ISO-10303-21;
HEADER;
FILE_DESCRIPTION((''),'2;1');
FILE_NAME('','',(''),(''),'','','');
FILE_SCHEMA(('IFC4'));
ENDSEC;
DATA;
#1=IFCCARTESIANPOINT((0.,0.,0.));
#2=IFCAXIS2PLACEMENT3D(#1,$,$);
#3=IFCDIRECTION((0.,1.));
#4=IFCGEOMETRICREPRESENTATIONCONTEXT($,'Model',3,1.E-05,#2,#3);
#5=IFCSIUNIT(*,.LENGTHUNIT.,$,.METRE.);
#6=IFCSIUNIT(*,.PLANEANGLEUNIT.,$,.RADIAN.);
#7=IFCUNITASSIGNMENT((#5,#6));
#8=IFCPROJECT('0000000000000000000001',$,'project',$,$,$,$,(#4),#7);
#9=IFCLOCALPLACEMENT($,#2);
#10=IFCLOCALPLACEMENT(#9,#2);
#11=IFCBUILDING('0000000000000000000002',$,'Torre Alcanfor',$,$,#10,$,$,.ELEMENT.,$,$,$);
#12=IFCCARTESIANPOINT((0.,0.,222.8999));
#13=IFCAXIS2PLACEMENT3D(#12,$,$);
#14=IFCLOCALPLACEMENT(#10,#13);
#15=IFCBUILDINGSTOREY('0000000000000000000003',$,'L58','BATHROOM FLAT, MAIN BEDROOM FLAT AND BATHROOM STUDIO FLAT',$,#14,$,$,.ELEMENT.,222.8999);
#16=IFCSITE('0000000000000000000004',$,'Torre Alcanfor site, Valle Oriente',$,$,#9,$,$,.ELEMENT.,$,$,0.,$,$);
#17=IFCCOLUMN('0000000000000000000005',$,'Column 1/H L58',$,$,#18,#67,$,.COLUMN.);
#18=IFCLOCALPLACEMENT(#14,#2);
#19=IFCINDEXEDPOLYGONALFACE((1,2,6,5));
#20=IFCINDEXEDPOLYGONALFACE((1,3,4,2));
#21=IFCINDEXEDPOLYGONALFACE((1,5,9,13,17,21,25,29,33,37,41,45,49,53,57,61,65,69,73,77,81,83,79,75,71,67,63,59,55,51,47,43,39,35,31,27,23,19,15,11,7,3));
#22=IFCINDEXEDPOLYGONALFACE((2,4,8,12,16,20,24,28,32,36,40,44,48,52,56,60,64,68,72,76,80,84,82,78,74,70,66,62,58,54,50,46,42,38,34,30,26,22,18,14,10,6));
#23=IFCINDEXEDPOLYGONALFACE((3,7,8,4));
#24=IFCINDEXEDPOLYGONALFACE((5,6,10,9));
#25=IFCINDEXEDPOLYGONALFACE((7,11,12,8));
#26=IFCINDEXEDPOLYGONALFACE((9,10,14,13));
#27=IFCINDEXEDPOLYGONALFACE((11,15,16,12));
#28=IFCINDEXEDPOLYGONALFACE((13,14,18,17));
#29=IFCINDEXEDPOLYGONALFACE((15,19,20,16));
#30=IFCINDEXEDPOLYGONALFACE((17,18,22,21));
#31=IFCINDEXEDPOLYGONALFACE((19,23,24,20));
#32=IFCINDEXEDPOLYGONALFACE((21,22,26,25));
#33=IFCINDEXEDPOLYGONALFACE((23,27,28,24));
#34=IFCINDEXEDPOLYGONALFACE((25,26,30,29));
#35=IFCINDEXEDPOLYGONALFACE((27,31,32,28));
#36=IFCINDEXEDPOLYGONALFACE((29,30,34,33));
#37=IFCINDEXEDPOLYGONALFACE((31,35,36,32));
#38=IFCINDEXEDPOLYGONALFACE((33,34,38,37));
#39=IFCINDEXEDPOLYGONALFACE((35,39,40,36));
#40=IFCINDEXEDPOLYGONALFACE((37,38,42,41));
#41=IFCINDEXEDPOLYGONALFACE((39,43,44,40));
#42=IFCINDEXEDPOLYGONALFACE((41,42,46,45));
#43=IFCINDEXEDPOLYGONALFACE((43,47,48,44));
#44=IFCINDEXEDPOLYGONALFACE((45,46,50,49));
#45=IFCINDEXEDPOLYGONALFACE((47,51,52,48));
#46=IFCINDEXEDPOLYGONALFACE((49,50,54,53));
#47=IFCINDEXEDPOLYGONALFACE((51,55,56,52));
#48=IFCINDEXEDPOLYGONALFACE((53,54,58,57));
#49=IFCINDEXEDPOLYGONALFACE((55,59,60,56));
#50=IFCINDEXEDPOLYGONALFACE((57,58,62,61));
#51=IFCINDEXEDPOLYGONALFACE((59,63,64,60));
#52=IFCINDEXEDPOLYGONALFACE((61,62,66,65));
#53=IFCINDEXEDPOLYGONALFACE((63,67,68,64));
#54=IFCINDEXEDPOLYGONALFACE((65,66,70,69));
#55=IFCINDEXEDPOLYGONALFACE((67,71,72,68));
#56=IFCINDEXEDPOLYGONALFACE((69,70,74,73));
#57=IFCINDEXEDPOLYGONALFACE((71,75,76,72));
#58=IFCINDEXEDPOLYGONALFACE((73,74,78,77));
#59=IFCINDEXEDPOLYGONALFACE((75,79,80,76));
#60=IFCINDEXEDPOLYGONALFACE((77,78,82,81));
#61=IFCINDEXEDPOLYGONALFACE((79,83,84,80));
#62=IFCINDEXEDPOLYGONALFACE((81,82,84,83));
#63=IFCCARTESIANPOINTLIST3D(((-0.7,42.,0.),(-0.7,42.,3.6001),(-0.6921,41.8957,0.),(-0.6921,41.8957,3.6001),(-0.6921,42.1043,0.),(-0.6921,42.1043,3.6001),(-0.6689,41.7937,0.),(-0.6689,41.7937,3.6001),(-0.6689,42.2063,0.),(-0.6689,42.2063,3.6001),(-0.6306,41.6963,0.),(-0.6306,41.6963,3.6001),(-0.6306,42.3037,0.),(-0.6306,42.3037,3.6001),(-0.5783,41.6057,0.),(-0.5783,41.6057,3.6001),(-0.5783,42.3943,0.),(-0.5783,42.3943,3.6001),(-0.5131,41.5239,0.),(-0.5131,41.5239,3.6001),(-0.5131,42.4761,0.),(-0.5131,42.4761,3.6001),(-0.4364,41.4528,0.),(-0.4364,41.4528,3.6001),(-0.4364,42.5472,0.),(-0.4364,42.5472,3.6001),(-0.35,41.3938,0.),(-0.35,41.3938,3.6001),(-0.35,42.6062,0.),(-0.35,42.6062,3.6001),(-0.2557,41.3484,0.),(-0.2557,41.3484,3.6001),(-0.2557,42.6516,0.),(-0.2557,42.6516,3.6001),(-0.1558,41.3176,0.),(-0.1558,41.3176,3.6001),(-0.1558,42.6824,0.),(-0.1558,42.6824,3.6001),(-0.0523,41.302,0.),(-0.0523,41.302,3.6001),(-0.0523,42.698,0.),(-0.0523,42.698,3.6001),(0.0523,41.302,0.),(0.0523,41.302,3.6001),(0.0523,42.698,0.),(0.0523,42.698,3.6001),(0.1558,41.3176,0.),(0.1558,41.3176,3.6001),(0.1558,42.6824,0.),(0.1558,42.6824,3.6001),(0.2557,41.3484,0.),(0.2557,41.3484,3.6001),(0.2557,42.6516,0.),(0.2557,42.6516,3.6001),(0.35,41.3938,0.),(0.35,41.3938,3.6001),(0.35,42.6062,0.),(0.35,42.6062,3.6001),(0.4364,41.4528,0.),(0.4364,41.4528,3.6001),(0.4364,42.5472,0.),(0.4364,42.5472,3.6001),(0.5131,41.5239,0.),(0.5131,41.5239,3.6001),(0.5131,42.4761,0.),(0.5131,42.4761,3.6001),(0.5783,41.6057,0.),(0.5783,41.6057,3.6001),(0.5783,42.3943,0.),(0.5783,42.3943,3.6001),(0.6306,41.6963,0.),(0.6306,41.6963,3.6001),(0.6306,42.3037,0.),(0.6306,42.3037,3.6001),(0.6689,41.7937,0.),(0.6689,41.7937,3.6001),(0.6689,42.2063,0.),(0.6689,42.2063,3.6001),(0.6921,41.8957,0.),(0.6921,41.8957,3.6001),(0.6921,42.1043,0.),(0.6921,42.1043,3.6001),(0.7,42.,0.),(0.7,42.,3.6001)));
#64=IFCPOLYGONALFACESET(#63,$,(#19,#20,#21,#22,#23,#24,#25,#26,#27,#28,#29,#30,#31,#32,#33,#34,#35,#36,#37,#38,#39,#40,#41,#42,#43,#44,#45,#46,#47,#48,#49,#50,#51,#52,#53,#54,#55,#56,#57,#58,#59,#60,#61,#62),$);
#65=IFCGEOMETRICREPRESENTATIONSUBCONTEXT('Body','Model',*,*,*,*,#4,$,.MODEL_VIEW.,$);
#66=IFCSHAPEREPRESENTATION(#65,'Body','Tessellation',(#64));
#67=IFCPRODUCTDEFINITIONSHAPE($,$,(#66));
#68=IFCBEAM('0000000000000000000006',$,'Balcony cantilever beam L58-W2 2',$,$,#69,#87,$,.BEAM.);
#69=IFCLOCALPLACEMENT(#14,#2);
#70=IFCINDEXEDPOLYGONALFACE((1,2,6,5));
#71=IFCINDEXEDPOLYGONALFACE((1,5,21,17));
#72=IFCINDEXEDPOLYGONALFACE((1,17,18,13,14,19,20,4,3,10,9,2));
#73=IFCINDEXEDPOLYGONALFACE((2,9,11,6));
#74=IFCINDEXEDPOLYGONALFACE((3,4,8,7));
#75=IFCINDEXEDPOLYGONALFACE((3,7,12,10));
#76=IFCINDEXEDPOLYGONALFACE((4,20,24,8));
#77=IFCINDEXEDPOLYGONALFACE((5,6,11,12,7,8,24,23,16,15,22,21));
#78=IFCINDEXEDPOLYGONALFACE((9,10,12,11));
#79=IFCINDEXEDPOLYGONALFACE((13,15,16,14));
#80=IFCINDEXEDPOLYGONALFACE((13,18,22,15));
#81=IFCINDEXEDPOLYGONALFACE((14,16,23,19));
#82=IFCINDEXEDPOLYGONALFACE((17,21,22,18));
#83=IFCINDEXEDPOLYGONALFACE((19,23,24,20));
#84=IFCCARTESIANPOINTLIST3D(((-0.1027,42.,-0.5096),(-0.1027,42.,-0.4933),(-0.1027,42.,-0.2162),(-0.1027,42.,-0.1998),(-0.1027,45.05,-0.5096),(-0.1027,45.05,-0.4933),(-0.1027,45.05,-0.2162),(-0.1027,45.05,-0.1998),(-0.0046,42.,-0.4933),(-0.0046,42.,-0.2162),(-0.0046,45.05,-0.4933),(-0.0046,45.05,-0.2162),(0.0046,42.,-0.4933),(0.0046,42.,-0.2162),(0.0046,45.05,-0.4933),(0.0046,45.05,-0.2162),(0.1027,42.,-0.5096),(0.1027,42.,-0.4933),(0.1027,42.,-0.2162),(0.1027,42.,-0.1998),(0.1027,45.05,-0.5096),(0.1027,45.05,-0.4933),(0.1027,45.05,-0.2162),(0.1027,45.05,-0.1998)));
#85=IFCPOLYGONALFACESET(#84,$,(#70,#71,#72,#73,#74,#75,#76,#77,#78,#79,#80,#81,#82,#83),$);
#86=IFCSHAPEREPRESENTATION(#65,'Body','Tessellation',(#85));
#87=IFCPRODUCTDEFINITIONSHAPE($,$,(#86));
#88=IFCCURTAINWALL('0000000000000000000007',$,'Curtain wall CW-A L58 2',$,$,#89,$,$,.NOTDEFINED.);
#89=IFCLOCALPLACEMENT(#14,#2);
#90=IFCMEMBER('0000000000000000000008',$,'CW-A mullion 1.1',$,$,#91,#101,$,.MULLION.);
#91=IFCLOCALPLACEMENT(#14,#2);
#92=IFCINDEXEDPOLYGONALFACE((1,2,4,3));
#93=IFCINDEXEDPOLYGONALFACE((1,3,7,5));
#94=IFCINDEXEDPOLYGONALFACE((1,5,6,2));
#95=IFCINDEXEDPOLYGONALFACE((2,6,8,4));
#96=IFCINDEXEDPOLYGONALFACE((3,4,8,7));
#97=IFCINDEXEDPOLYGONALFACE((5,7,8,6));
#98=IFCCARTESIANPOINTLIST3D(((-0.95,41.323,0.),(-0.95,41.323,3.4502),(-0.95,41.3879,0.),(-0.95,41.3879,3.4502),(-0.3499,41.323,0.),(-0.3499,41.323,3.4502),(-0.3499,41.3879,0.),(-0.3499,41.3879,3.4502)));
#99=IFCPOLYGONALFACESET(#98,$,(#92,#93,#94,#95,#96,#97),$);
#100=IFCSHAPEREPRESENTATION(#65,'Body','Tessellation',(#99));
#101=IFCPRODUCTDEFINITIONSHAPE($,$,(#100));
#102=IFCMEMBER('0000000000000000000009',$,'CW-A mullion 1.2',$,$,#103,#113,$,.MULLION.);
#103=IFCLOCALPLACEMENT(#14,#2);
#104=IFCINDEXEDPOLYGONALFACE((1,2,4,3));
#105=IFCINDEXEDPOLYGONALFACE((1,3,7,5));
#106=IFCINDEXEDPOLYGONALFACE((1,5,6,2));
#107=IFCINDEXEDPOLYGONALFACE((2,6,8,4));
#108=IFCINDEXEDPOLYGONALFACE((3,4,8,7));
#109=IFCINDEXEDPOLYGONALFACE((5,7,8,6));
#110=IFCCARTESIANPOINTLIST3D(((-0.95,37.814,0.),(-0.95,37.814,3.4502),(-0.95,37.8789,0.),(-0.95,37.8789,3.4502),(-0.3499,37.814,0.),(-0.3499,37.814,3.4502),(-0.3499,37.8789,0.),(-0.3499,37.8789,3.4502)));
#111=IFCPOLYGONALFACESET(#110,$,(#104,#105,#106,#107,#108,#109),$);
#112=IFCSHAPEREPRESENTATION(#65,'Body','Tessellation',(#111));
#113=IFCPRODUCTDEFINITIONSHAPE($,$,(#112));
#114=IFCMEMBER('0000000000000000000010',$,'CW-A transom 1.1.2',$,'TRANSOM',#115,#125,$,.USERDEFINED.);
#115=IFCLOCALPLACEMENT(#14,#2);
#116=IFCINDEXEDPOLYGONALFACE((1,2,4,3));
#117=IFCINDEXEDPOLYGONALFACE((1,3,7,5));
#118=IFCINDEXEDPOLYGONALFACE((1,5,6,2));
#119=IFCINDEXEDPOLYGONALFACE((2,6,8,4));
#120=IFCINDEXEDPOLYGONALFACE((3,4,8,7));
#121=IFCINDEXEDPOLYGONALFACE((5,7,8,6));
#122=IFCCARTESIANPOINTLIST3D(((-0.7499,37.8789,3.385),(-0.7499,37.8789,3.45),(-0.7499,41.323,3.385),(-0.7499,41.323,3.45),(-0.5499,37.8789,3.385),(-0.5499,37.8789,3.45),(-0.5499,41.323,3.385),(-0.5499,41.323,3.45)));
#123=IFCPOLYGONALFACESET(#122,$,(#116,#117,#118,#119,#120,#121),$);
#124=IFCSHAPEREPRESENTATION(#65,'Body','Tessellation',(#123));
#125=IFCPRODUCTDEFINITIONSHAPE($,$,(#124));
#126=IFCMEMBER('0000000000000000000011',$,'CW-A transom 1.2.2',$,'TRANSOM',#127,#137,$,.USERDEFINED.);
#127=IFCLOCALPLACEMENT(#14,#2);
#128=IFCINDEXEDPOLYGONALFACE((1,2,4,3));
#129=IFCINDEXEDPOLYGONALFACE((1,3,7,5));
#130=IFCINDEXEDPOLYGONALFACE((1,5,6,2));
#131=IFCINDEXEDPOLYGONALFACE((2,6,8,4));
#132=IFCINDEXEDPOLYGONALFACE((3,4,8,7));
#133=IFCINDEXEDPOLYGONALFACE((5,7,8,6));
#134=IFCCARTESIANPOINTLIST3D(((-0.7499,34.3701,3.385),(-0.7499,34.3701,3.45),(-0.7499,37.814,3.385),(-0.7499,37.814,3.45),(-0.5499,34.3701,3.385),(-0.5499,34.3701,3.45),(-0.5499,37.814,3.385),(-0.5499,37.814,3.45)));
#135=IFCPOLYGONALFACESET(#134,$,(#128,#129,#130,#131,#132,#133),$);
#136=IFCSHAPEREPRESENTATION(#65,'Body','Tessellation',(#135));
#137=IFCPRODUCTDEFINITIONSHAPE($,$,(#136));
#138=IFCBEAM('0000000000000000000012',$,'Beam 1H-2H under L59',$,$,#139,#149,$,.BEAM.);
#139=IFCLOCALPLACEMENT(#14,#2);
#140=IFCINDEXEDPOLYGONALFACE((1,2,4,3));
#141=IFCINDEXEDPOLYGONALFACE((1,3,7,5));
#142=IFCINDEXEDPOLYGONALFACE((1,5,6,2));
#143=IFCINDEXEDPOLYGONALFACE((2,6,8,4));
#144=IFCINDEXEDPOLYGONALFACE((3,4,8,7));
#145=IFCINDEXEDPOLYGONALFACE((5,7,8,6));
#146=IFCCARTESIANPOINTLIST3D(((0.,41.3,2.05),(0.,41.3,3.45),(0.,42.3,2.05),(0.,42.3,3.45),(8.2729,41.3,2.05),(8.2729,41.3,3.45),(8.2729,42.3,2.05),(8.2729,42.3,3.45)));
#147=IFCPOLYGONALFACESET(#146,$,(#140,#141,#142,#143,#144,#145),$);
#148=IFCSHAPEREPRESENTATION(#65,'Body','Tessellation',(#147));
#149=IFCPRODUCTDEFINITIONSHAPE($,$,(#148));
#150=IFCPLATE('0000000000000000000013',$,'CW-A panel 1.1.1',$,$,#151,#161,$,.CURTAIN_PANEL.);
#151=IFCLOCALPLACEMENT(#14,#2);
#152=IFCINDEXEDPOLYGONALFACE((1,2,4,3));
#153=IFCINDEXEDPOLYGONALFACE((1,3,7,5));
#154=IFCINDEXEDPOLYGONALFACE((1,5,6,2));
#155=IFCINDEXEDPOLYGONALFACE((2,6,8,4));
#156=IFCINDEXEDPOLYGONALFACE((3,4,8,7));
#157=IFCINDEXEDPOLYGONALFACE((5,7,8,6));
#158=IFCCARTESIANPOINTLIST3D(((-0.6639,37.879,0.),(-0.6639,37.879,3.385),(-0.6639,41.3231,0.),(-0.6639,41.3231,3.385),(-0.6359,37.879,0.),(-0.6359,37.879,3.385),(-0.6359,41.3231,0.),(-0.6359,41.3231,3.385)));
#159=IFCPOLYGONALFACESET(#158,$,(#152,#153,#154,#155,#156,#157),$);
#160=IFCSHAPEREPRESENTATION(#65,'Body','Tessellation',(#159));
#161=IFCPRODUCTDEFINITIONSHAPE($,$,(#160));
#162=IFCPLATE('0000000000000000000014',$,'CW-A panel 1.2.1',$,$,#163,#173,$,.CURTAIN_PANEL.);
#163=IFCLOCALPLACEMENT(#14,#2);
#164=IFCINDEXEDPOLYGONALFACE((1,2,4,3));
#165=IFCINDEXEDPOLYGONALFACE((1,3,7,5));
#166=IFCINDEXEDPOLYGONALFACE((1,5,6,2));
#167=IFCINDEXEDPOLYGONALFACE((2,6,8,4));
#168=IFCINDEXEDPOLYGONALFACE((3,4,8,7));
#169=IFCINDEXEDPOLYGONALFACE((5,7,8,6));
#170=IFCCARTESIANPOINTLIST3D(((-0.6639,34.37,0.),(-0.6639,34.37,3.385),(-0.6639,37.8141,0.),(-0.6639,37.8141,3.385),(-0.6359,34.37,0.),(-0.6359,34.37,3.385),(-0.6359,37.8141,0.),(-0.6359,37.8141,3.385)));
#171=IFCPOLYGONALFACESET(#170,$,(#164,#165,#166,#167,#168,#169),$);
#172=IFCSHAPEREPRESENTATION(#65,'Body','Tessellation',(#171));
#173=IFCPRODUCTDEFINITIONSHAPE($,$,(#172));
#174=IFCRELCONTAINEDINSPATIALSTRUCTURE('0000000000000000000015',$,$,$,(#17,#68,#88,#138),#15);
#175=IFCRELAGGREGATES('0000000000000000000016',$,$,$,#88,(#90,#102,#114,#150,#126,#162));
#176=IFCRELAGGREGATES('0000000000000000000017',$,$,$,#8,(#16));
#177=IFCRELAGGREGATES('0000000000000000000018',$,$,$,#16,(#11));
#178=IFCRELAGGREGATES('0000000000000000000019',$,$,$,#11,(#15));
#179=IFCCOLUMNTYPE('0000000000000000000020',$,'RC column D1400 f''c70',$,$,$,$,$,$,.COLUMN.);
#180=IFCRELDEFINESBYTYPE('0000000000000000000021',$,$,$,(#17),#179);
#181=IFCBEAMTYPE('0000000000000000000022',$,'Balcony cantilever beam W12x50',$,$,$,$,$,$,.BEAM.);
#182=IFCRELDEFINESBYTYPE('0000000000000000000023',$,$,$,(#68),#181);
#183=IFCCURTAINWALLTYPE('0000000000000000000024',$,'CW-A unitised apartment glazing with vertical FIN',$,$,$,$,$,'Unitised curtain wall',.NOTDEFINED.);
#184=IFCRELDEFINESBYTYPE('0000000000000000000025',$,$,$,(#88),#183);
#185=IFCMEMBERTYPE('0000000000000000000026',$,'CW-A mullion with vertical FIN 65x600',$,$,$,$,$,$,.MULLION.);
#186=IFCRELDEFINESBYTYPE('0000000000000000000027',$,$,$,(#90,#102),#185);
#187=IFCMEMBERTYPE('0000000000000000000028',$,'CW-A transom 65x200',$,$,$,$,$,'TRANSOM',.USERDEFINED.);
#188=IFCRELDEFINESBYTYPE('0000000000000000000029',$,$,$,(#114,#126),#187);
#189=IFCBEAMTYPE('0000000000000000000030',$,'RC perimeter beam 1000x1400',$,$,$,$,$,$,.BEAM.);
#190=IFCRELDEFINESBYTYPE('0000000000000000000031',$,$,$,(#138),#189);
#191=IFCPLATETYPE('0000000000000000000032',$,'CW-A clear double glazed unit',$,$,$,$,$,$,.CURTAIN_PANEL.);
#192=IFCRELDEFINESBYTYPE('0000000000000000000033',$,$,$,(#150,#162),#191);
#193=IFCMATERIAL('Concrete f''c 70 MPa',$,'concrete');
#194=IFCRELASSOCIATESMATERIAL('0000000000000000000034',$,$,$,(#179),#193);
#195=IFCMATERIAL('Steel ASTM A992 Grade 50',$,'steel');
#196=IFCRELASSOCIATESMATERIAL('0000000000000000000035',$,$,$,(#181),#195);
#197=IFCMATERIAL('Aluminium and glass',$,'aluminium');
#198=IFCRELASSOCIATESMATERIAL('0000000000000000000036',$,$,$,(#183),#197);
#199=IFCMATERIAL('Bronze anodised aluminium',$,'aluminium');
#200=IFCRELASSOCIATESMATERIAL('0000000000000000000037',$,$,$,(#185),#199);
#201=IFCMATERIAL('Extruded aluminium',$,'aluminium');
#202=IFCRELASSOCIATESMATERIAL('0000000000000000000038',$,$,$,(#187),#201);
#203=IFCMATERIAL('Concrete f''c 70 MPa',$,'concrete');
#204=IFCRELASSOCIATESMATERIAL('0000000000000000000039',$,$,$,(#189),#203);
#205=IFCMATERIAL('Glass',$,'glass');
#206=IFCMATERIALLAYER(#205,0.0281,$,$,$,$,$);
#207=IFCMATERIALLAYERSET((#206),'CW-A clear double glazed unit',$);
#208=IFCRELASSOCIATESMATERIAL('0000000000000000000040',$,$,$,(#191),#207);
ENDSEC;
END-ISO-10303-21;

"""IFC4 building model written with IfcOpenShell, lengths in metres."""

from ifc_helpers import new_model, si_unit, direction, frame, origin, origin_2d, place, context, subcontext, project, spatial, rectangle, circle, i_section, extrude, material, layer, layer_set, material_profile, profile_set, type_object, element, aggregate, save


model = new_model("IFC4")

# Units and contexts
model_context = context("Model", 3, precision=1e-05, world=origin(), true_north=direction((0.0, 1.0)))
body_context = subcontext(model_context, "Body", "Model", "MODEL_VIEW")
ifc_project = project(units=[si_unit("LENGTHUNIT", "METRE"), si_unit("PLANEANGLEUNIT", "RADIAN")], contexts=[model_context])

# Site, building, storey
site_placement = place(None, origin())
site = spatial("IfcSite", under=ifc_project, at=site_placement, Name="Torre Alcanfor site, Valle Oriente", CompositionType="ELEMENT", RefElevation=0.0)
building_placement = place(site_placement, origin())
building = spatial("IfcBuilding", under=site, at=building_placement, Name="Torre Alcanfor", CompositionType="ELEMENT")
storey_placement = place(building_placement, frame((0.0, 0.0, 222.8999)))
storey = spatial("IfcBuildingStorey", under=building, at=storey_placement, Name="L58", Description="BATHROOM FLAT, MAIN BEDROOM FLAT AND BATHROOM STUDIO FLAT", CompositionType="ELEMENT", Elevation=222.8999)

# Column
ifc_material_1 = material(Name="Concrete f'c 70 MPa", Category="concrete")
ifc_material_profile_1 = material_profile(ifc_material_1, circle(Radius=0.7, at=origin_2d()), Name="D1400")
ifc_profile_set_1 = profile_set([ifc_material_profile_1], Name="Concrete f'c 70 MPa")
column_type = type_object("IfcColumnType", Name="RC column D1400 f'c70", PredefinedType="COLUMN", material=ifc_profile_set_1)
column_placement = place(storey_placement, frame((0.0, 42.0, 0.0), z_axis=(0.0, 0.0, 1.0), x_axis=(1.0, 0.0, 0.0)))
element("IfcColumn", 1, at=column_placement, inside=storey, type_object=column_type, Name="Column 1/H L58", PredefinedType="COLUMN", context=body_context, shape_type="SweptSolid", body=[
    extrude(circle(Radius=0.7, at=origin_2d()), origin(), (0.0, 0.0, 1.0), 3.6001),
])

# Beam
ifc_material_2 = material(Name="Steel ASTM A992 Grade 50", Category="steel")
ifc_material_profile_2 = material_profile(ifc_material_2, i_section(OverallWidth=0.2053, OverallDepth=0.3098, WebThickness=0.0093, FlangeThickness=0.0164, at=origin_2d()), Name="W12x50")
ifc_profile_set_2 = profile_set([ifc_material_profile_2], Name="Steel ASTM A992 Grade 50")
beam_type_1 = type_object("IfcBeamType", Name="Balcony cantilever beam W12x50", PredefinedType="BEAM", material=ifc_profile_set_2)
beam_1_placement = place(storey_placement, frame((0.0, 42.0, -0.3547), z_axis=(0.0, 1.0, 0.0), x_axis=(-1.0, 0.0, 0.0)))
element("IfcBeam", 2, at=beam_1_placement, inside=storey, type_object=beam_type_1, Name="Balcony cantilever beam L58-W2 2", PredefinedType="BEAM", context=body_context, shape_type="SweptSolid", body=[
    extrude(i_section(OverallWidth=0.2053, OverallDepth=0.3098, WebThickness=0.0093, FlangeThickness=0.0164, at=origin_2d()), origin(), (0.0, 0.0, 1.0), 3.05),
])

# Curtain wall, members
ifc_material_3 = material(Name="Aluminium and glass", Category="aluminium")
curtain_wall_type = type_object("IfcCurtainWallType", Name="CW-A unitised apartment glazing with vertical FIN", ElementType="Unitised curtain wall", PredefinedType="NOTDEFINED", material=ifc_material_3)
curtain_wall_placement = place(storey_placement, origin())
curtain_wall = element("IfcCurtainWall", 3, at=curtain_wall_placement, inside=storey, type_object=curtain_wall_type, Name="Curtain wall CW-A L58 2", PredefinedType="NOTDEFINED")
ifc_material_4 = material(Name="Bronze anodised aluminium", Category="aluminium")
ifc_material_profile_3 = material_profile(ifc_material_4, rectangle(XDim=0.6001, YDim=0.0649, at=origin_2d()), Name="CW-A mullion 65x600")
ifc_profile_set_3 = profile_set([ifc_material_profile_3], Name="Bronze anodised aluminium")
member_type_1 = type_object("IfcMemberType", Name="CW-A mullion with vertical FIN 65x600", PredefinedType="MULLION", material=ifc_profile_set_3)
member_1_placement = place(storey_placement, frame((-0.6499, 41.3555, 0.0), z_axis=(0.0, 0.0, 1.0), x_axis=(1.0, 0.0, 0.0)))
member_1 = element("IfcMember", 4, at=member_1_placement, type_object=member_type_1, Name="CW-A mullion 1.1", PredefinedType="MULLION", context=body_context, shape_type="SweptSolid", body=[
    extrude(rectangle(XDim=0.6001, YDim=0.0649, at=origin_2d()), origin(), (0.0, 0.0, 1.0), 3.4502),
])
member_2_placement = place(storey_placement, frame((-0.6499, 37.8464, 0.0), z_axis=(0.0, 0.0, 1.0), x_axis=(1.0, 0.0, 0.0)))
member_2 = element("IfcMember", 5, at=member_2_placement, type_object=member_type_1, Name="CW-A mullion 1.2", PredefinedType="MULLION", context=body_context, shape_type="SweptSolid", body=[
    extrude(rectangle(XDim=0.6001, YDim=0.0649, at=origin_2d()), origin(), (0.0, 0.0, 1.0), 3.4502),
])
ifc_material_5 = material(Name="Extruded aluminium", Category="aluminium")
ifc_material_profile_4 = material_profile(ifc_material_5, rectangle(XDim=0.2, YDim=0.0649, at=origin_2d()), Name="CW-A transom 200x65")
ifc_profile_set_4 = profile_set([ifc_material_profile_4], Name="Extruded aluminium")
member_type_2 = type_object("IfcMemberType", Name="CW-A transom 65x200", ElementType="TRANSOM", PredefinedType="USERDEFINED", material=ifc_profile_set_4)
member_3_placement = place(storey_placement, frame((-0.6499, 41.323, 3.4175), z_axis=(0.0, -1.0, 0.0), x_axis=(1.0, 0.0, 0.0)))
member_3 = element("IfcMember", 6, at=member_3_placement, type_object=member_type_2, Name="CW-A transom 1.1.2", ObjectType="TRANSOM", PredefinedType="USERDEFINED", context=body_context, shape_type="SweptSolid", body=[
    extrude(rectangle(XDim=0.2, YDim=0.0649, at=origin_2d()), origin(), (0.0, 0.0, 1.0), 3.4441),
])
member_4_placement = place(storey_placement, frame((-0.6499, 37.814, 3.4175), z_axis=(0.0, -1.0, 0.0), x_axis=(1.0, 0.0, 0.0)))
member_4 = element("IfcMember", 7, at=member_4_placement, type_object=member_type_2, Name="CW-A transom 1.2.2", ObjectType="TRANSOM", PredefinedType="USERDEFINED", context=body_context, shape_type="SweptSolid", body=[
    extrude(rectangle(XDim=0.2, YDim=0.0649, at=origin_2d()), origin(), (0.0, 0.0, 1.0), 3.4438),
])

# Beam
ifc_material_6 = material(Name="Concrete f'c 70 MPa", Category="concrete")
ifc_material_profile_5 = material_profile(ifc_material_6, rectangle(XDim=1.0, YDim=1.3999, at=origin_2d()), Name="1000x1400")
ifc_profile_set_5 = profile_set([ifc_material_profile_5], Name="Concrete f'c 70 MPa")
beam_type_2 = type_object("IfcBeamType", Name="RC perimeter beam 1000x1400", PredefinedType="BEAM", material=ifc_profile_set_5)
beam_2_placement = place(storey_placement, frame((0.0, 41.8, 2.75), z_axis=(1.0, 0.0, 0.0), x_axis=(0.0, 1.0, 0.0)))
element("IfcBeam", 8, at=beam_2_placement, inside=storey, type_object=beam_type_2, Name="Beam 1H-2H under L59", PredefinedType="BEAM", context=body_context, shape_type="SweptSolid", body=[
    extrude(rectangle(XDim=1.0, YDim=1.3999, at=origin_2d()), origin(), (0.0, 0.0, 1.0), 8.2729),
])

# Plates
ifc_material_7 = material(Name="Glass", Category="glass")
ifc_layer_1 = layer(ifc_material_7, 0.0281)
ifc_layer_set_1 = layer_set([ifc_layer_1], Name="CW-A clear double glazed unit")
plate_type = type_object("IfcPlateType", Name="CW-A clear double glazed unit", PredefinedType="CURTAIN_PANEL", material=ifc_layer_set_1)
plate_1_placement = place(storey_placement, frame((-0.6499, 39.6011, 0.0), z_axis=(0.0, 0.0, 1.0), x_axis=(0.0, -1.0, 0.0)))
plate_1 = element("IfcPlate", 9, at=plate_1_placement, type_object=plate_type, Name="CW-A panel 1.1.1", PredefinedType="CURTAIN_PANEL", context=body_context, shape_type="SweptSolid", body=[
    extrude(rectangle(XDim=3.4441, YDim=0.0281, at=origin_2d()), origin(), (0.0, 0.0, 1.0), 3.385),
])
plate_2_placement = place(storey_placement, frame((-0.6499, 36.092, 0.0), z_axis=(0.0, 0.0, 1.0), x_axis=(0.0, -1.0, 0.0)))
plate_2 = element("IfcPlate", 10, at=plate_2_placement, type_object=plate_type, Name="CW-A panel 1.2.1", PredefinedType="CURTAIN_PANEL", context=body_context, shape_type="SweptSolid", body=[
    extrude(rectangle(XDim=3.4441, YDim=0.0281, at=origin_2d()), origin(), (0.0, 0.0, 1.0), 3.385),
])
aggregate(curtain_wall, [member_1, member_2, member_3, plate_1, member_4, plate_2])

save(model, "model.ifc")
